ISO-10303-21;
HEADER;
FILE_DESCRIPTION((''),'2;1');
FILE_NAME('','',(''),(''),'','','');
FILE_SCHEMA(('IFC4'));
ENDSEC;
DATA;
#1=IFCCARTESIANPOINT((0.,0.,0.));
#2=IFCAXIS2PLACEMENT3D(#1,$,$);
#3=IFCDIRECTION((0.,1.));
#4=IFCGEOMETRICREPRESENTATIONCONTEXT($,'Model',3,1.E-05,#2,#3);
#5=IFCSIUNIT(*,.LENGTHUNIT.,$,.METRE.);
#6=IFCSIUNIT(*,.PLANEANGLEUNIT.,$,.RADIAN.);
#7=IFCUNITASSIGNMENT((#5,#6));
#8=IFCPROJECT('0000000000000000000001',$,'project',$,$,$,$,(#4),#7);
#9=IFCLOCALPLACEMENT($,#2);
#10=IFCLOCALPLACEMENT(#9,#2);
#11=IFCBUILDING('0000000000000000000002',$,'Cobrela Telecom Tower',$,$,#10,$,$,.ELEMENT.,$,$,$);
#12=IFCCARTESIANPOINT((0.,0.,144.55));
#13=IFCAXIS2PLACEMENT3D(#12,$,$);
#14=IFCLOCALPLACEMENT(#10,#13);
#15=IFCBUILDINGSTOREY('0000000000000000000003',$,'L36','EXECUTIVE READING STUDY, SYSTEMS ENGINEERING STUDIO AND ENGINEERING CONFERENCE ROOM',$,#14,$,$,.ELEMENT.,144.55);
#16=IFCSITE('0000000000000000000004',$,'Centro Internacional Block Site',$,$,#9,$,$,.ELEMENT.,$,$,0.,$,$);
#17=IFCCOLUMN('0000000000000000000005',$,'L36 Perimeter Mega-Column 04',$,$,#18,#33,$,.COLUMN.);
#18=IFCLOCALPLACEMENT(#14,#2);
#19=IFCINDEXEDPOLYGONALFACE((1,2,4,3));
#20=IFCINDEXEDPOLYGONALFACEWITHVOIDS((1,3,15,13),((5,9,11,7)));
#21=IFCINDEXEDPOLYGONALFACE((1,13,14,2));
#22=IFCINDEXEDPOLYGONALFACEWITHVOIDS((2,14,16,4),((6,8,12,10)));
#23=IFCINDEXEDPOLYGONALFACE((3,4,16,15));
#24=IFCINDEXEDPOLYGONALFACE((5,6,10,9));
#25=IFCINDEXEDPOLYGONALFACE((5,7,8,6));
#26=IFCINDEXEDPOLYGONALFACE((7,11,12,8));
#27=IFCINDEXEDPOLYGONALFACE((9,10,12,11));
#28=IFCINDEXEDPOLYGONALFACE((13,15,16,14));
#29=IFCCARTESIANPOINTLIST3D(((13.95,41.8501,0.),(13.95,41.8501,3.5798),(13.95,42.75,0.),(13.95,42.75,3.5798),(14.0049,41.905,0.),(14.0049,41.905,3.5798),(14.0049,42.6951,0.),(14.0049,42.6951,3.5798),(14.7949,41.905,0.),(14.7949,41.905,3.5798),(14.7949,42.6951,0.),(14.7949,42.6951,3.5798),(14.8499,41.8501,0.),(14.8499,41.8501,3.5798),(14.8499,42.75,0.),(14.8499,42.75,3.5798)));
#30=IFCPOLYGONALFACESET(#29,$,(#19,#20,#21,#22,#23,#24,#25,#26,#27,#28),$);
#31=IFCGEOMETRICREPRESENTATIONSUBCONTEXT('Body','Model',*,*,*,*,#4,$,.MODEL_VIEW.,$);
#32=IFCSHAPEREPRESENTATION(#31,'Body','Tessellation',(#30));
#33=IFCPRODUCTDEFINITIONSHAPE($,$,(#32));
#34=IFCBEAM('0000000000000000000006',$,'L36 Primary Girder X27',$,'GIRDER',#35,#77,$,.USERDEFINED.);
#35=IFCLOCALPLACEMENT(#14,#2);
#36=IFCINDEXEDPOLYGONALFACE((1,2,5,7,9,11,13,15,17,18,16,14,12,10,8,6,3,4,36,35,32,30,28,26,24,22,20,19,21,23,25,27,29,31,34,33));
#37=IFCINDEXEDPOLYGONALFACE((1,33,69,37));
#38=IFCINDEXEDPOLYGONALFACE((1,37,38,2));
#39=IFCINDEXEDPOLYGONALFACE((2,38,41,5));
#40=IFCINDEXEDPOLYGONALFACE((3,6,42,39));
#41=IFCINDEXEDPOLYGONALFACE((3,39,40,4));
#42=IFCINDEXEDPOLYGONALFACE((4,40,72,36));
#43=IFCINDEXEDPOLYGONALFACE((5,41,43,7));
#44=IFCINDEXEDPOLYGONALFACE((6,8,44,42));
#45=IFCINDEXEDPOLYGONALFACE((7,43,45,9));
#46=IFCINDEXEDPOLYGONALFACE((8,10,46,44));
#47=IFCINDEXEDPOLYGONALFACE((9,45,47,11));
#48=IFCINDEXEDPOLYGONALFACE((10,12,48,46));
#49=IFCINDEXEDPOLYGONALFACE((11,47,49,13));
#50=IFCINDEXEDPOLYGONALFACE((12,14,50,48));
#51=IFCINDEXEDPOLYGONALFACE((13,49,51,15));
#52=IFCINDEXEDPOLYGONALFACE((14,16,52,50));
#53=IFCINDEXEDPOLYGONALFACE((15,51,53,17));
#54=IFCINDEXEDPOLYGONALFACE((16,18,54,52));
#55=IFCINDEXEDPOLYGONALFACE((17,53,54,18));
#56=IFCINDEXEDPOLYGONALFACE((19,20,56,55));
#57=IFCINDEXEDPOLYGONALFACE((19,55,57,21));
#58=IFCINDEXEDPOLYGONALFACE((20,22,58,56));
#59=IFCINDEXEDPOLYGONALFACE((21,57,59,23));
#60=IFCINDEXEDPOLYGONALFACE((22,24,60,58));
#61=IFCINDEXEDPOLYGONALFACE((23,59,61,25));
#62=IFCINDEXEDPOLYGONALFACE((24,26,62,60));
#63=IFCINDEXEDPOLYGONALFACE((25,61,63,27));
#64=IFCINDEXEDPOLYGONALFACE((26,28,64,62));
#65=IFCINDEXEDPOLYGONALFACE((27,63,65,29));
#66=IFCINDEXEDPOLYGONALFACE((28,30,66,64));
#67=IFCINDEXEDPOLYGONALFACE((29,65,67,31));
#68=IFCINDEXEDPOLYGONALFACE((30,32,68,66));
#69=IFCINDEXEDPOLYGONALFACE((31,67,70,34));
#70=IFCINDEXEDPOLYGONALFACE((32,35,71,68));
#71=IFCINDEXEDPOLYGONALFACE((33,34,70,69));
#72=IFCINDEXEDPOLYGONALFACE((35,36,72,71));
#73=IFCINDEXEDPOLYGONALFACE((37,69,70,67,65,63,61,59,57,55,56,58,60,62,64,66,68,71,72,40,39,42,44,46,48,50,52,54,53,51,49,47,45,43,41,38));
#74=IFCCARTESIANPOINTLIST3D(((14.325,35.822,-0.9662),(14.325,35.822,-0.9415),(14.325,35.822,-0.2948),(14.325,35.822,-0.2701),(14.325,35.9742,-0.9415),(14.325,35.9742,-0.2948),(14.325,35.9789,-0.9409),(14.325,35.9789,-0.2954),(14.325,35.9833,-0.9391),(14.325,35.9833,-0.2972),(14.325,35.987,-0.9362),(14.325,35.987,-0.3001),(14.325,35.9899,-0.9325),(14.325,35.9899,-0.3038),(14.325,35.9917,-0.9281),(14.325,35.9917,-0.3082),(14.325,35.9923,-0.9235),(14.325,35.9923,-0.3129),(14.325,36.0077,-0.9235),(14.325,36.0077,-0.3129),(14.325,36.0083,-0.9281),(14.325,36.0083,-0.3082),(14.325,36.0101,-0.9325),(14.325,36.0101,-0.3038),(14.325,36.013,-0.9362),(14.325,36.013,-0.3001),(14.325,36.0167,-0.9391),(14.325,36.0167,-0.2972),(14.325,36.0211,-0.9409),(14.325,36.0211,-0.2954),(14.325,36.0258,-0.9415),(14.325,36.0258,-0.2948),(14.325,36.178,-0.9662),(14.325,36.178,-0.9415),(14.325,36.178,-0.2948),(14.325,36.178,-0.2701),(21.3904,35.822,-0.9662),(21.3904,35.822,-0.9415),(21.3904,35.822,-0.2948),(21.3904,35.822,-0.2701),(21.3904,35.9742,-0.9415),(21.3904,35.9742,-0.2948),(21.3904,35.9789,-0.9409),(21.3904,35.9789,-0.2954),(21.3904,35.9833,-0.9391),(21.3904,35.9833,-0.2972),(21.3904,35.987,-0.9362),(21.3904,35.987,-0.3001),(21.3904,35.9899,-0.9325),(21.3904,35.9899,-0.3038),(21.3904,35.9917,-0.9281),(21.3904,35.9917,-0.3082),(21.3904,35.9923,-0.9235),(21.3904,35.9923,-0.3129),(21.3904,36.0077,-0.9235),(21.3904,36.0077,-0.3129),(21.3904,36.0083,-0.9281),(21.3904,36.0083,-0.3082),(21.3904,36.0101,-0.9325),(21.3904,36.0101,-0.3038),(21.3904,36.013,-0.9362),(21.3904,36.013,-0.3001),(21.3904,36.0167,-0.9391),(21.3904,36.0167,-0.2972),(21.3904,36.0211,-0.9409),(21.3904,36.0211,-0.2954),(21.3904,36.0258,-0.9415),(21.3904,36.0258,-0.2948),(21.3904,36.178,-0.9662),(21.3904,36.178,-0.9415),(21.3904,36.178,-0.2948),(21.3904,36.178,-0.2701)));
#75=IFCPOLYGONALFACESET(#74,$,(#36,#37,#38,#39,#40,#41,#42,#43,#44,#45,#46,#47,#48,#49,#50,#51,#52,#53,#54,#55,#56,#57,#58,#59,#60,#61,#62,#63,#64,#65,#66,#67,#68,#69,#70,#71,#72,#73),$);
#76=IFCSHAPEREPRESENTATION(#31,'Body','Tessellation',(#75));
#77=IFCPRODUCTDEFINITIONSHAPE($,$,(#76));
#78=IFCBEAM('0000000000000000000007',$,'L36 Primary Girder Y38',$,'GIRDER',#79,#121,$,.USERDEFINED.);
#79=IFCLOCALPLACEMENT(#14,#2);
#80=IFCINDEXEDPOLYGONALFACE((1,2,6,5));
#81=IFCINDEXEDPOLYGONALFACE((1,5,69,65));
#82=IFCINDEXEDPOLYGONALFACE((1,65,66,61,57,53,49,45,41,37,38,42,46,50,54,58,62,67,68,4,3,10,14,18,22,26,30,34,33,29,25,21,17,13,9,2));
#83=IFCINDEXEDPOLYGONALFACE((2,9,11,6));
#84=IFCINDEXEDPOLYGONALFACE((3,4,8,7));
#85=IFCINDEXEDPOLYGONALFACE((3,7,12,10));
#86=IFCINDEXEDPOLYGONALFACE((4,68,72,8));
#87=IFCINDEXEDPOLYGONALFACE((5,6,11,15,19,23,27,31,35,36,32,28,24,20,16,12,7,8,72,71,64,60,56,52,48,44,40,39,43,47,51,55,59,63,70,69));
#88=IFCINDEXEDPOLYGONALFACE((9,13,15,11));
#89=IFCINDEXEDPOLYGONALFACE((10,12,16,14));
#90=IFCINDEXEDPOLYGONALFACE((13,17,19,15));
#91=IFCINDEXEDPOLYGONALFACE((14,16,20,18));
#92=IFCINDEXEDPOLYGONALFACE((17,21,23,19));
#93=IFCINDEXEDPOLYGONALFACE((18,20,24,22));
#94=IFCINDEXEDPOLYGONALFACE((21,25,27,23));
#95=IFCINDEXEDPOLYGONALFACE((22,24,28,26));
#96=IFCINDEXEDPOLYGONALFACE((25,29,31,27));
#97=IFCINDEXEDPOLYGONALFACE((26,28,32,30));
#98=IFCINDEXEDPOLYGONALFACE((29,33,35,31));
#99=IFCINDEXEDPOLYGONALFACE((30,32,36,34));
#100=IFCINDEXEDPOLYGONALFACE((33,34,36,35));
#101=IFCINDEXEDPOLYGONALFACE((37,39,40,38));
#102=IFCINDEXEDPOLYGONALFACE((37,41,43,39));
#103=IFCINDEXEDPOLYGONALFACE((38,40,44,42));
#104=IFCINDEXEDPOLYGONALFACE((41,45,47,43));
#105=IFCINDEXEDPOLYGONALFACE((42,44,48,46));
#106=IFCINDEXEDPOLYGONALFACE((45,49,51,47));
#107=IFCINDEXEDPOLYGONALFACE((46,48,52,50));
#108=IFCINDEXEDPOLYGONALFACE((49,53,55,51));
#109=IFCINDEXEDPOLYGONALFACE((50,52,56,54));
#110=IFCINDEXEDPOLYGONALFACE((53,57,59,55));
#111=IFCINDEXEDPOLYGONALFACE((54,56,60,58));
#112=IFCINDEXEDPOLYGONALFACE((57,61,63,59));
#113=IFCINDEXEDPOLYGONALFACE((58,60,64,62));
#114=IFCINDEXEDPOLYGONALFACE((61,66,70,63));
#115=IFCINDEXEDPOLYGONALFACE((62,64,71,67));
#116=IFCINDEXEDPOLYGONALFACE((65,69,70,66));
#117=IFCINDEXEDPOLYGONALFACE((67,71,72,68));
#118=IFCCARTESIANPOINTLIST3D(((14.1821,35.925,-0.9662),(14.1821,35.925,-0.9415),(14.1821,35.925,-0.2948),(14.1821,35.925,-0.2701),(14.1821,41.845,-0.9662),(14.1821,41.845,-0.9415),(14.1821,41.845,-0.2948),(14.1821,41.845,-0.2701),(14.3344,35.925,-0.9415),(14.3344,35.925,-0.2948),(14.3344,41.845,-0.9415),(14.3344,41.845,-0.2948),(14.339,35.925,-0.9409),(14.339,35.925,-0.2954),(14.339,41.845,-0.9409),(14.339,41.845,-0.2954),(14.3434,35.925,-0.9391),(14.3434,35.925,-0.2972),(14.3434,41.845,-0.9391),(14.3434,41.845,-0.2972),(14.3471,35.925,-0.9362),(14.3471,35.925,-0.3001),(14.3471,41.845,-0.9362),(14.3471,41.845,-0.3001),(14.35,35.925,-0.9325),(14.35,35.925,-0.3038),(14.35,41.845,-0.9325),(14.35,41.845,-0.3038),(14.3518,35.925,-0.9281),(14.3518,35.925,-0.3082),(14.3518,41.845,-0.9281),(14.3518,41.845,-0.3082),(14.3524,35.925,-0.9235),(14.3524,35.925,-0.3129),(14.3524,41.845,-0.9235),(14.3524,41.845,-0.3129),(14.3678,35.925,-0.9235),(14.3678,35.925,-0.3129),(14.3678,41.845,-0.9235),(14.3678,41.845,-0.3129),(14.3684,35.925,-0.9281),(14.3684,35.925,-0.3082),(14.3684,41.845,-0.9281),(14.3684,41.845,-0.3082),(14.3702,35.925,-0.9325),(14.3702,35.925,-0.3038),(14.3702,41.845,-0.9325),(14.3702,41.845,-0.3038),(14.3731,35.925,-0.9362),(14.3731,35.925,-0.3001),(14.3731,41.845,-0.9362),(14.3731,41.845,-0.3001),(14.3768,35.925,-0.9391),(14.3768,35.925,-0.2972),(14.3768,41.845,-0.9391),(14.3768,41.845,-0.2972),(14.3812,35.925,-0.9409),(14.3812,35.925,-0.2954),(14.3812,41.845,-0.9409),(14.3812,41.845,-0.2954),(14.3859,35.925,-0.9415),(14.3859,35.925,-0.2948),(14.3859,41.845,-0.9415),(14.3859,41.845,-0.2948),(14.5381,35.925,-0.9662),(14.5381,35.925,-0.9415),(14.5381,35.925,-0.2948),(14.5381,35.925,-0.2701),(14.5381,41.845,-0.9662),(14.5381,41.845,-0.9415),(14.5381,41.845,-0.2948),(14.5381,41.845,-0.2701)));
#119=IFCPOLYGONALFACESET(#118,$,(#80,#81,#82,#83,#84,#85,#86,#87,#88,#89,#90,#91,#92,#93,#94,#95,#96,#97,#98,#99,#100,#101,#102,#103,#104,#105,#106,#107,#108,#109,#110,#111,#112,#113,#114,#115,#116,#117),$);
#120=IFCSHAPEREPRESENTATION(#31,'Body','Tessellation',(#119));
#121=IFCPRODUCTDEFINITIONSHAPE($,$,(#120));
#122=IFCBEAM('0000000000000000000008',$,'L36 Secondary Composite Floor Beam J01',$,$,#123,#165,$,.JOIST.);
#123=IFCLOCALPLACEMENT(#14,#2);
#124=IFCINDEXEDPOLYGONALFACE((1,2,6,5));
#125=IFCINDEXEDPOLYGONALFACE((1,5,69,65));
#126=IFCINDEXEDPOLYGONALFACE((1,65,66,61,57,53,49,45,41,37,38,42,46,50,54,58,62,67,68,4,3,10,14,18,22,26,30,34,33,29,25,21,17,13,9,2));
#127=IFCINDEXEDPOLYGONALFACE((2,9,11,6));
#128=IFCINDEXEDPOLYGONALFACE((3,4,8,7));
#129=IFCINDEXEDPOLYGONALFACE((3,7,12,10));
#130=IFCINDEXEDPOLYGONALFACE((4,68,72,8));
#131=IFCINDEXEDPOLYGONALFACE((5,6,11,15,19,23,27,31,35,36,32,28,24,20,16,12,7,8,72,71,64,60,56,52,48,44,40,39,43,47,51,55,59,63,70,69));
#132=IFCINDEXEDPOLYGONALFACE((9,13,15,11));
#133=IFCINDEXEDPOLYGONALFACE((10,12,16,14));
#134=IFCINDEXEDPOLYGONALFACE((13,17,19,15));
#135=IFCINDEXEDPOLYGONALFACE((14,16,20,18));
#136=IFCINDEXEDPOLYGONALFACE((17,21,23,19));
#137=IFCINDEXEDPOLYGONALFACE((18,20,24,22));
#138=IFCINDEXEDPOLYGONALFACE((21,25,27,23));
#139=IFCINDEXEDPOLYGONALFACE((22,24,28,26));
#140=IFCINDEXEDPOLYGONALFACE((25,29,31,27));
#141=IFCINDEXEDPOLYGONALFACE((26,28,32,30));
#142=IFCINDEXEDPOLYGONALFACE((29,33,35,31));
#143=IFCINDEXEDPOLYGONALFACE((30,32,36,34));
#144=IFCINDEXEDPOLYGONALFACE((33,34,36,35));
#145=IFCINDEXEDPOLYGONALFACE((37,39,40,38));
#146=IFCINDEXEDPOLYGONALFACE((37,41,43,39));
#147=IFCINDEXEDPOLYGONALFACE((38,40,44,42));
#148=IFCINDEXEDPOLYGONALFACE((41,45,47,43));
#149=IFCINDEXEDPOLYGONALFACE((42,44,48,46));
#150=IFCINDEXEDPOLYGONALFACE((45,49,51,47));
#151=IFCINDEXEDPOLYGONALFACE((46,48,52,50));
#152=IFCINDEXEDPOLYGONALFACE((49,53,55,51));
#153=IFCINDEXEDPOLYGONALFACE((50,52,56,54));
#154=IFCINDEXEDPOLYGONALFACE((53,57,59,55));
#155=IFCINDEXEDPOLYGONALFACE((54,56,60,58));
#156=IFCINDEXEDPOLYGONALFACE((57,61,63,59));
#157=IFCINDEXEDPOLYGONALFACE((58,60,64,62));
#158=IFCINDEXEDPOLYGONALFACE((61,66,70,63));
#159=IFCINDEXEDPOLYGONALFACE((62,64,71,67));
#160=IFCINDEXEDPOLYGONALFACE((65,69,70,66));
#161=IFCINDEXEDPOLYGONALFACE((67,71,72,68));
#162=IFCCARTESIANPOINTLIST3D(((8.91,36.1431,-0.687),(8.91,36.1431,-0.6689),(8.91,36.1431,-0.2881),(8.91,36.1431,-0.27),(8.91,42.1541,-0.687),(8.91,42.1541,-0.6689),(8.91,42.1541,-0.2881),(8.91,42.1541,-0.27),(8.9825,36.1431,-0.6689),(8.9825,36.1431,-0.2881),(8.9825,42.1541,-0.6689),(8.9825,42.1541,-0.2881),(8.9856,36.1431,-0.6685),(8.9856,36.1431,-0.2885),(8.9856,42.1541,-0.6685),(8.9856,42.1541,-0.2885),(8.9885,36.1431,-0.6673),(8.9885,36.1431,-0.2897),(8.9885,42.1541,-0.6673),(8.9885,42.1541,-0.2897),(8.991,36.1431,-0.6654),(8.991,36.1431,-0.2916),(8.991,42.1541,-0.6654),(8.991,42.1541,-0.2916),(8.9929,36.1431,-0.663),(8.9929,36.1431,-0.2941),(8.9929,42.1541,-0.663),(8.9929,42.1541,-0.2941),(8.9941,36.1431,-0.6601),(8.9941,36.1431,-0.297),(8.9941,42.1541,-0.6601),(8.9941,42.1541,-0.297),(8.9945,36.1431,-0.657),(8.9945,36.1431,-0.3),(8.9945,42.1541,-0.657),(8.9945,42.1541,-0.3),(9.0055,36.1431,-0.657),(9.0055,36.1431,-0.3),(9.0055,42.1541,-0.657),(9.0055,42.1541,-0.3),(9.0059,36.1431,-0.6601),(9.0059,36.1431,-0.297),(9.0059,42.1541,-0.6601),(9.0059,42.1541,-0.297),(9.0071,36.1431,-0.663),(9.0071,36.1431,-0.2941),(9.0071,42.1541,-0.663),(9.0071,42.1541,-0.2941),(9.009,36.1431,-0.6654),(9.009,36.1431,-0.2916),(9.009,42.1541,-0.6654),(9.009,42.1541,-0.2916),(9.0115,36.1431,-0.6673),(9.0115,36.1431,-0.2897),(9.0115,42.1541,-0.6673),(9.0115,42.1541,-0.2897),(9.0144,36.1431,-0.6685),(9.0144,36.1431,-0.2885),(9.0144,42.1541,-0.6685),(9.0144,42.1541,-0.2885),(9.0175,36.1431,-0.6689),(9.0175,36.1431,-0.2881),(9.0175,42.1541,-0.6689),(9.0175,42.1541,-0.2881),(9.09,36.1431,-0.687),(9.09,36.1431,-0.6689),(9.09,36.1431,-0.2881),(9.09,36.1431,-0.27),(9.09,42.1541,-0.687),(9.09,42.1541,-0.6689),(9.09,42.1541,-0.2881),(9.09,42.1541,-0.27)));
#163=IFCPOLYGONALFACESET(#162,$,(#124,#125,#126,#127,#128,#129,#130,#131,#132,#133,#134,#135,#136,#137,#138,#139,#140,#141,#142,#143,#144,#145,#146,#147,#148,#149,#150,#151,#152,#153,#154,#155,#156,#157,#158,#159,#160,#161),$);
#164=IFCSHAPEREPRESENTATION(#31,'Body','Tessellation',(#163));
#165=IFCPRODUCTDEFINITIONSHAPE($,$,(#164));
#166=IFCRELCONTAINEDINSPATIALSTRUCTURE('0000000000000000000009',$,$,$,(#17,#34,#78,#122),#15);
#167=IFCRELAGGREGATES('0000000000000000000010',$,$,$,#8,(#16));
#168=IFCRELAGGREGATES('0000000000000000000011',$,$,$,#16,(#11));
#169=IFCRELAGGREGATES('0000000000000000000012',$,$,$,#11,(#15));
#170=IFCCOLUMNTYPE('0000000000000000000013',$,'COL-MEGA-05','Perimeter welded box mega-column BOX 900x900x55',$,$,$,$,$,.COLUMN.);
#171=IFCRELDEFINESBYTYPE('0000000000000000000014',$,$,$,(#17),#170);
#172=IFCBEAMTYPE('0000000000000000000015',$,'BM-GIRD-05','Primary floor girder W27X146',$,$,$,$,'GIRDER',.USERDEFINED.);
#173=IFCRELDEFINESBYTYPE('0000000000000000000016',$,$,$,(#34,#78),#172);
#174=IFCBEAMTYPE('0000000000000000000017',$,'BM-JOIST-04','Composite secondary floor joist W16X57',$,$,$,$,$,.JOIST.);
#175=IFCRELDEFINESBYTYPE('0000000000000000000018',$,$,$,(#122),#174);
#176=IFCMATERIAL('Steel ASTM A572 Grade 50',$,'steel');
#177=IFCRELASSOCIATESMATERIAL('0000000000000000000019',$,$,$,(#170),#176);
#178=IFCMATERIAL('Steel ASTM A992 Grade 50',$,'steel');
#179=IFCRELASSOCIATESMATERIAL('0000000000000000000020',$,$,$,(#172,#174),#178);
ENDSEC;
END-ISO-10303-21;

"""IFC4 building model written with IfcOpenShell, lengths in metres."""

from ifc_helpers import new_model, si_unit, direction, frame, origin, origin_2d, place, context, subcontext, project, spatial, hollow_rectangle, i_section, extrude, material, material_profile, profile_set, type_object, element, save


model = new_model("IFC4")

# Units and contexts
model_context = context("Model", 3, precision=1e-05, world=origin(), true_north=direction((0.0, 1.0)))
body_context = subcontext(model_context, "Body", "Model", "MODEL_VIEW")
ifc_project = project(units=[si_unit("LENGTHUNIT", "METRE"), si_unit("PLANEANGLEUNIT", "RADIAN")], contexts=[model_context])

# Site, building, storey
site_placement = place(None, origin())
site = spatial("IfcSite", under=ifc_project, at=site_placement, Name="Centro Internacional Block Site", CompositionType="ELEMENT", RefElevation=0.0)
building_placement = place(site_placement, origin())
building = spatial("IfcBuilding", under=site, at=building_placement, Name="Cobrela Telecom Tower", CompositionType="ELEMENT")
storey_placement = place(building_placement, frame((0.0, 0.0, 144.55)))
storey = spatial("IfcBuildingStorey", under=building, at=storey_placement, Name="L36", Description="EXECUTIVE READING STUDY, SYSTEMS ENGINEERING STUDIO AND ENGINEERING CONFERENCE ROOM", CompositionType="ELEMENT", Elevation=144.55)

# Column
ifc_material_1 = material(Name="Steel ASTM A572 Grade 50", Category="steel")
ifc_material_profile_1 = material_profile(ifc_material_1, hollow_rectangle(XDim=0.8999, YDim=0.8999, WallThickness=0.0549, at=origin_2d()), Name="BOX 900x900x55")
ifc_profile_set_1 = profile_set([ifc_material_profile_1], Name="Steel ASTM A572 Grade 50")
column_type = type_object("IfcColumnType", Name="COL-MEGA-05", Description="Perimeter welded box mega-column BOX 900x900x55", PredefinedType="COLUMN", material=ifc_profile_set_1)
column_placement = place(storey_placement, frame((14.3999, 42.3, 0.0), z_axis=(0.0, 0.0, 1.0), x_axis=(1.0, 0.0, 0.0)))
element("IfcColumn", 1, at=column_placement, inside=storey, type_object=column_type, Name="L36 Perimeter Mega-Column 04", PredefinedType="COLUMN", context=body_context, shape_type="SweptSolid", body=[
    extrude(hollow_rectangle(XDim=0.8999, YDim=0.8999, WallThickness=0.0549, at=origin_2d()), origin(), (0.0, 0.0, 1.0), 3.5798),
])

# Beams
ifc_material_2 = material(Name="Steel ASTM A992 Grade 50", Category="steel")
ifc_material_profile_2 = material_profile(ifc_material_2, i_section(OverallWidth=0.356, OverallDepth=0.696, WebThickness=0.0154, FlangeThickness=0.0247, FilletRadius=0.0181, at=origin_2d()), Name="W27X146")
ifc_profile_set_2 = profile_set([ifc_material_profile_2], Name="Steel ASTM A992 Grade 50")
beam_type_1 = type_object("IfcBeamType", Name="BM-GIRD-05", Description="Primary floor girder W27X146", ElementType="GIRDER", PredefinedType="USERDEFINED", material=ifc_profile_set_2)
beam_1_placement = place(storey_placement, frame((14.325, 36.0, -0.6182), z_axis=(1.0, 0.0, 0.0), x_axis=(0.0, 1.0, 0.0)))
element("IfcBeam", 2, at=beam_1_placement, inside=storey, type_object=beam_type_1, Name="L36 Primary Girder X27", ObjectType="GIRDER", PredefinedType="USERDEFINED", context=body_context, shape_type="SweptSolid", body=[
    extrude(i_section(OverallWidth=0.356, OverallDepth=0.696, WebThickness=0.0154, FlangeThickness=0.0247, FilletRadius=0.0181, at=origin_2d()), origin(), (0.0, 0.0, 1.0), 7.0654),
])
beam_2_placement = place(storey_placement, frame((14.3601, 35.925, -0.6182), z_axis=(0.0, 1.0, 0.0), x_axis=(-1.0, 0.0, 0.0)))
element("IfcBeam", 3, at=beam_2_placement, inside=storey, type_object=beam_type_1, Name="L36 Primary Girder Y38", ObjectType="GIRDER", PredefinedType="USERDEFINED", context=body_context, shape_type="SweptSolid", body=[
    extrude(i_section(OverallWidth=0.356, OverallDepth=0.696, WebThickness=0.0154, FlangeThickness=0.0247, FilletRadius=0.0181, at=origin_2d()), origin(), (0.0, 0.0, 1.0), 5.9199),
])
ifc_material_profile_3 = material_profile(ifc_material_2, i_section(OverallWidth=0.1799, OverallDepth=0.417, WebThickness=0.011, FlangeThickness=0.0181, FilletRadius=0.012, at=origin_2d()), Name="W16X57")
ifc_profile_set_3 = profile_set([ifc_material_profile_3], Name="Steel ASTM A992 Grade 50")
beam_type_2 = type_object("IfcBeamType", Name="BM-JOIST-04", Description="Composite secondary floor joist W16X57", PredefinedType="JOIST", material=ifc_profile_set_3)
for number, where, z_axis, x_axis, name in (
    (4, (9.0, 36.1431, -0.4785), (0.0, 1.0, 0.0), (-1.0, 0.0, 0.0), "L36 Secondary Composite Floor Beam J01"),
):
    element("IfcBeam", number, at=place(storey_placement, frame(where, z_axis=z_axis, x_axis=x_axis)), inside=storey, type_object=beam_type_2, Name=name, PredefinedType="JOIST", context=body_context, shape_type="SweptSolid", body=[
        extrude(i_section(OverallWidth=0.1799, OverallDepth=0.417, WebThickness=0.011, FlangeThickness=0.0181, FilletRadius=0.012, at=origin_2d()), origin(), (0.0, 0.0, 1.0), 6.011),
    ])

save(model, "model.ifc")
